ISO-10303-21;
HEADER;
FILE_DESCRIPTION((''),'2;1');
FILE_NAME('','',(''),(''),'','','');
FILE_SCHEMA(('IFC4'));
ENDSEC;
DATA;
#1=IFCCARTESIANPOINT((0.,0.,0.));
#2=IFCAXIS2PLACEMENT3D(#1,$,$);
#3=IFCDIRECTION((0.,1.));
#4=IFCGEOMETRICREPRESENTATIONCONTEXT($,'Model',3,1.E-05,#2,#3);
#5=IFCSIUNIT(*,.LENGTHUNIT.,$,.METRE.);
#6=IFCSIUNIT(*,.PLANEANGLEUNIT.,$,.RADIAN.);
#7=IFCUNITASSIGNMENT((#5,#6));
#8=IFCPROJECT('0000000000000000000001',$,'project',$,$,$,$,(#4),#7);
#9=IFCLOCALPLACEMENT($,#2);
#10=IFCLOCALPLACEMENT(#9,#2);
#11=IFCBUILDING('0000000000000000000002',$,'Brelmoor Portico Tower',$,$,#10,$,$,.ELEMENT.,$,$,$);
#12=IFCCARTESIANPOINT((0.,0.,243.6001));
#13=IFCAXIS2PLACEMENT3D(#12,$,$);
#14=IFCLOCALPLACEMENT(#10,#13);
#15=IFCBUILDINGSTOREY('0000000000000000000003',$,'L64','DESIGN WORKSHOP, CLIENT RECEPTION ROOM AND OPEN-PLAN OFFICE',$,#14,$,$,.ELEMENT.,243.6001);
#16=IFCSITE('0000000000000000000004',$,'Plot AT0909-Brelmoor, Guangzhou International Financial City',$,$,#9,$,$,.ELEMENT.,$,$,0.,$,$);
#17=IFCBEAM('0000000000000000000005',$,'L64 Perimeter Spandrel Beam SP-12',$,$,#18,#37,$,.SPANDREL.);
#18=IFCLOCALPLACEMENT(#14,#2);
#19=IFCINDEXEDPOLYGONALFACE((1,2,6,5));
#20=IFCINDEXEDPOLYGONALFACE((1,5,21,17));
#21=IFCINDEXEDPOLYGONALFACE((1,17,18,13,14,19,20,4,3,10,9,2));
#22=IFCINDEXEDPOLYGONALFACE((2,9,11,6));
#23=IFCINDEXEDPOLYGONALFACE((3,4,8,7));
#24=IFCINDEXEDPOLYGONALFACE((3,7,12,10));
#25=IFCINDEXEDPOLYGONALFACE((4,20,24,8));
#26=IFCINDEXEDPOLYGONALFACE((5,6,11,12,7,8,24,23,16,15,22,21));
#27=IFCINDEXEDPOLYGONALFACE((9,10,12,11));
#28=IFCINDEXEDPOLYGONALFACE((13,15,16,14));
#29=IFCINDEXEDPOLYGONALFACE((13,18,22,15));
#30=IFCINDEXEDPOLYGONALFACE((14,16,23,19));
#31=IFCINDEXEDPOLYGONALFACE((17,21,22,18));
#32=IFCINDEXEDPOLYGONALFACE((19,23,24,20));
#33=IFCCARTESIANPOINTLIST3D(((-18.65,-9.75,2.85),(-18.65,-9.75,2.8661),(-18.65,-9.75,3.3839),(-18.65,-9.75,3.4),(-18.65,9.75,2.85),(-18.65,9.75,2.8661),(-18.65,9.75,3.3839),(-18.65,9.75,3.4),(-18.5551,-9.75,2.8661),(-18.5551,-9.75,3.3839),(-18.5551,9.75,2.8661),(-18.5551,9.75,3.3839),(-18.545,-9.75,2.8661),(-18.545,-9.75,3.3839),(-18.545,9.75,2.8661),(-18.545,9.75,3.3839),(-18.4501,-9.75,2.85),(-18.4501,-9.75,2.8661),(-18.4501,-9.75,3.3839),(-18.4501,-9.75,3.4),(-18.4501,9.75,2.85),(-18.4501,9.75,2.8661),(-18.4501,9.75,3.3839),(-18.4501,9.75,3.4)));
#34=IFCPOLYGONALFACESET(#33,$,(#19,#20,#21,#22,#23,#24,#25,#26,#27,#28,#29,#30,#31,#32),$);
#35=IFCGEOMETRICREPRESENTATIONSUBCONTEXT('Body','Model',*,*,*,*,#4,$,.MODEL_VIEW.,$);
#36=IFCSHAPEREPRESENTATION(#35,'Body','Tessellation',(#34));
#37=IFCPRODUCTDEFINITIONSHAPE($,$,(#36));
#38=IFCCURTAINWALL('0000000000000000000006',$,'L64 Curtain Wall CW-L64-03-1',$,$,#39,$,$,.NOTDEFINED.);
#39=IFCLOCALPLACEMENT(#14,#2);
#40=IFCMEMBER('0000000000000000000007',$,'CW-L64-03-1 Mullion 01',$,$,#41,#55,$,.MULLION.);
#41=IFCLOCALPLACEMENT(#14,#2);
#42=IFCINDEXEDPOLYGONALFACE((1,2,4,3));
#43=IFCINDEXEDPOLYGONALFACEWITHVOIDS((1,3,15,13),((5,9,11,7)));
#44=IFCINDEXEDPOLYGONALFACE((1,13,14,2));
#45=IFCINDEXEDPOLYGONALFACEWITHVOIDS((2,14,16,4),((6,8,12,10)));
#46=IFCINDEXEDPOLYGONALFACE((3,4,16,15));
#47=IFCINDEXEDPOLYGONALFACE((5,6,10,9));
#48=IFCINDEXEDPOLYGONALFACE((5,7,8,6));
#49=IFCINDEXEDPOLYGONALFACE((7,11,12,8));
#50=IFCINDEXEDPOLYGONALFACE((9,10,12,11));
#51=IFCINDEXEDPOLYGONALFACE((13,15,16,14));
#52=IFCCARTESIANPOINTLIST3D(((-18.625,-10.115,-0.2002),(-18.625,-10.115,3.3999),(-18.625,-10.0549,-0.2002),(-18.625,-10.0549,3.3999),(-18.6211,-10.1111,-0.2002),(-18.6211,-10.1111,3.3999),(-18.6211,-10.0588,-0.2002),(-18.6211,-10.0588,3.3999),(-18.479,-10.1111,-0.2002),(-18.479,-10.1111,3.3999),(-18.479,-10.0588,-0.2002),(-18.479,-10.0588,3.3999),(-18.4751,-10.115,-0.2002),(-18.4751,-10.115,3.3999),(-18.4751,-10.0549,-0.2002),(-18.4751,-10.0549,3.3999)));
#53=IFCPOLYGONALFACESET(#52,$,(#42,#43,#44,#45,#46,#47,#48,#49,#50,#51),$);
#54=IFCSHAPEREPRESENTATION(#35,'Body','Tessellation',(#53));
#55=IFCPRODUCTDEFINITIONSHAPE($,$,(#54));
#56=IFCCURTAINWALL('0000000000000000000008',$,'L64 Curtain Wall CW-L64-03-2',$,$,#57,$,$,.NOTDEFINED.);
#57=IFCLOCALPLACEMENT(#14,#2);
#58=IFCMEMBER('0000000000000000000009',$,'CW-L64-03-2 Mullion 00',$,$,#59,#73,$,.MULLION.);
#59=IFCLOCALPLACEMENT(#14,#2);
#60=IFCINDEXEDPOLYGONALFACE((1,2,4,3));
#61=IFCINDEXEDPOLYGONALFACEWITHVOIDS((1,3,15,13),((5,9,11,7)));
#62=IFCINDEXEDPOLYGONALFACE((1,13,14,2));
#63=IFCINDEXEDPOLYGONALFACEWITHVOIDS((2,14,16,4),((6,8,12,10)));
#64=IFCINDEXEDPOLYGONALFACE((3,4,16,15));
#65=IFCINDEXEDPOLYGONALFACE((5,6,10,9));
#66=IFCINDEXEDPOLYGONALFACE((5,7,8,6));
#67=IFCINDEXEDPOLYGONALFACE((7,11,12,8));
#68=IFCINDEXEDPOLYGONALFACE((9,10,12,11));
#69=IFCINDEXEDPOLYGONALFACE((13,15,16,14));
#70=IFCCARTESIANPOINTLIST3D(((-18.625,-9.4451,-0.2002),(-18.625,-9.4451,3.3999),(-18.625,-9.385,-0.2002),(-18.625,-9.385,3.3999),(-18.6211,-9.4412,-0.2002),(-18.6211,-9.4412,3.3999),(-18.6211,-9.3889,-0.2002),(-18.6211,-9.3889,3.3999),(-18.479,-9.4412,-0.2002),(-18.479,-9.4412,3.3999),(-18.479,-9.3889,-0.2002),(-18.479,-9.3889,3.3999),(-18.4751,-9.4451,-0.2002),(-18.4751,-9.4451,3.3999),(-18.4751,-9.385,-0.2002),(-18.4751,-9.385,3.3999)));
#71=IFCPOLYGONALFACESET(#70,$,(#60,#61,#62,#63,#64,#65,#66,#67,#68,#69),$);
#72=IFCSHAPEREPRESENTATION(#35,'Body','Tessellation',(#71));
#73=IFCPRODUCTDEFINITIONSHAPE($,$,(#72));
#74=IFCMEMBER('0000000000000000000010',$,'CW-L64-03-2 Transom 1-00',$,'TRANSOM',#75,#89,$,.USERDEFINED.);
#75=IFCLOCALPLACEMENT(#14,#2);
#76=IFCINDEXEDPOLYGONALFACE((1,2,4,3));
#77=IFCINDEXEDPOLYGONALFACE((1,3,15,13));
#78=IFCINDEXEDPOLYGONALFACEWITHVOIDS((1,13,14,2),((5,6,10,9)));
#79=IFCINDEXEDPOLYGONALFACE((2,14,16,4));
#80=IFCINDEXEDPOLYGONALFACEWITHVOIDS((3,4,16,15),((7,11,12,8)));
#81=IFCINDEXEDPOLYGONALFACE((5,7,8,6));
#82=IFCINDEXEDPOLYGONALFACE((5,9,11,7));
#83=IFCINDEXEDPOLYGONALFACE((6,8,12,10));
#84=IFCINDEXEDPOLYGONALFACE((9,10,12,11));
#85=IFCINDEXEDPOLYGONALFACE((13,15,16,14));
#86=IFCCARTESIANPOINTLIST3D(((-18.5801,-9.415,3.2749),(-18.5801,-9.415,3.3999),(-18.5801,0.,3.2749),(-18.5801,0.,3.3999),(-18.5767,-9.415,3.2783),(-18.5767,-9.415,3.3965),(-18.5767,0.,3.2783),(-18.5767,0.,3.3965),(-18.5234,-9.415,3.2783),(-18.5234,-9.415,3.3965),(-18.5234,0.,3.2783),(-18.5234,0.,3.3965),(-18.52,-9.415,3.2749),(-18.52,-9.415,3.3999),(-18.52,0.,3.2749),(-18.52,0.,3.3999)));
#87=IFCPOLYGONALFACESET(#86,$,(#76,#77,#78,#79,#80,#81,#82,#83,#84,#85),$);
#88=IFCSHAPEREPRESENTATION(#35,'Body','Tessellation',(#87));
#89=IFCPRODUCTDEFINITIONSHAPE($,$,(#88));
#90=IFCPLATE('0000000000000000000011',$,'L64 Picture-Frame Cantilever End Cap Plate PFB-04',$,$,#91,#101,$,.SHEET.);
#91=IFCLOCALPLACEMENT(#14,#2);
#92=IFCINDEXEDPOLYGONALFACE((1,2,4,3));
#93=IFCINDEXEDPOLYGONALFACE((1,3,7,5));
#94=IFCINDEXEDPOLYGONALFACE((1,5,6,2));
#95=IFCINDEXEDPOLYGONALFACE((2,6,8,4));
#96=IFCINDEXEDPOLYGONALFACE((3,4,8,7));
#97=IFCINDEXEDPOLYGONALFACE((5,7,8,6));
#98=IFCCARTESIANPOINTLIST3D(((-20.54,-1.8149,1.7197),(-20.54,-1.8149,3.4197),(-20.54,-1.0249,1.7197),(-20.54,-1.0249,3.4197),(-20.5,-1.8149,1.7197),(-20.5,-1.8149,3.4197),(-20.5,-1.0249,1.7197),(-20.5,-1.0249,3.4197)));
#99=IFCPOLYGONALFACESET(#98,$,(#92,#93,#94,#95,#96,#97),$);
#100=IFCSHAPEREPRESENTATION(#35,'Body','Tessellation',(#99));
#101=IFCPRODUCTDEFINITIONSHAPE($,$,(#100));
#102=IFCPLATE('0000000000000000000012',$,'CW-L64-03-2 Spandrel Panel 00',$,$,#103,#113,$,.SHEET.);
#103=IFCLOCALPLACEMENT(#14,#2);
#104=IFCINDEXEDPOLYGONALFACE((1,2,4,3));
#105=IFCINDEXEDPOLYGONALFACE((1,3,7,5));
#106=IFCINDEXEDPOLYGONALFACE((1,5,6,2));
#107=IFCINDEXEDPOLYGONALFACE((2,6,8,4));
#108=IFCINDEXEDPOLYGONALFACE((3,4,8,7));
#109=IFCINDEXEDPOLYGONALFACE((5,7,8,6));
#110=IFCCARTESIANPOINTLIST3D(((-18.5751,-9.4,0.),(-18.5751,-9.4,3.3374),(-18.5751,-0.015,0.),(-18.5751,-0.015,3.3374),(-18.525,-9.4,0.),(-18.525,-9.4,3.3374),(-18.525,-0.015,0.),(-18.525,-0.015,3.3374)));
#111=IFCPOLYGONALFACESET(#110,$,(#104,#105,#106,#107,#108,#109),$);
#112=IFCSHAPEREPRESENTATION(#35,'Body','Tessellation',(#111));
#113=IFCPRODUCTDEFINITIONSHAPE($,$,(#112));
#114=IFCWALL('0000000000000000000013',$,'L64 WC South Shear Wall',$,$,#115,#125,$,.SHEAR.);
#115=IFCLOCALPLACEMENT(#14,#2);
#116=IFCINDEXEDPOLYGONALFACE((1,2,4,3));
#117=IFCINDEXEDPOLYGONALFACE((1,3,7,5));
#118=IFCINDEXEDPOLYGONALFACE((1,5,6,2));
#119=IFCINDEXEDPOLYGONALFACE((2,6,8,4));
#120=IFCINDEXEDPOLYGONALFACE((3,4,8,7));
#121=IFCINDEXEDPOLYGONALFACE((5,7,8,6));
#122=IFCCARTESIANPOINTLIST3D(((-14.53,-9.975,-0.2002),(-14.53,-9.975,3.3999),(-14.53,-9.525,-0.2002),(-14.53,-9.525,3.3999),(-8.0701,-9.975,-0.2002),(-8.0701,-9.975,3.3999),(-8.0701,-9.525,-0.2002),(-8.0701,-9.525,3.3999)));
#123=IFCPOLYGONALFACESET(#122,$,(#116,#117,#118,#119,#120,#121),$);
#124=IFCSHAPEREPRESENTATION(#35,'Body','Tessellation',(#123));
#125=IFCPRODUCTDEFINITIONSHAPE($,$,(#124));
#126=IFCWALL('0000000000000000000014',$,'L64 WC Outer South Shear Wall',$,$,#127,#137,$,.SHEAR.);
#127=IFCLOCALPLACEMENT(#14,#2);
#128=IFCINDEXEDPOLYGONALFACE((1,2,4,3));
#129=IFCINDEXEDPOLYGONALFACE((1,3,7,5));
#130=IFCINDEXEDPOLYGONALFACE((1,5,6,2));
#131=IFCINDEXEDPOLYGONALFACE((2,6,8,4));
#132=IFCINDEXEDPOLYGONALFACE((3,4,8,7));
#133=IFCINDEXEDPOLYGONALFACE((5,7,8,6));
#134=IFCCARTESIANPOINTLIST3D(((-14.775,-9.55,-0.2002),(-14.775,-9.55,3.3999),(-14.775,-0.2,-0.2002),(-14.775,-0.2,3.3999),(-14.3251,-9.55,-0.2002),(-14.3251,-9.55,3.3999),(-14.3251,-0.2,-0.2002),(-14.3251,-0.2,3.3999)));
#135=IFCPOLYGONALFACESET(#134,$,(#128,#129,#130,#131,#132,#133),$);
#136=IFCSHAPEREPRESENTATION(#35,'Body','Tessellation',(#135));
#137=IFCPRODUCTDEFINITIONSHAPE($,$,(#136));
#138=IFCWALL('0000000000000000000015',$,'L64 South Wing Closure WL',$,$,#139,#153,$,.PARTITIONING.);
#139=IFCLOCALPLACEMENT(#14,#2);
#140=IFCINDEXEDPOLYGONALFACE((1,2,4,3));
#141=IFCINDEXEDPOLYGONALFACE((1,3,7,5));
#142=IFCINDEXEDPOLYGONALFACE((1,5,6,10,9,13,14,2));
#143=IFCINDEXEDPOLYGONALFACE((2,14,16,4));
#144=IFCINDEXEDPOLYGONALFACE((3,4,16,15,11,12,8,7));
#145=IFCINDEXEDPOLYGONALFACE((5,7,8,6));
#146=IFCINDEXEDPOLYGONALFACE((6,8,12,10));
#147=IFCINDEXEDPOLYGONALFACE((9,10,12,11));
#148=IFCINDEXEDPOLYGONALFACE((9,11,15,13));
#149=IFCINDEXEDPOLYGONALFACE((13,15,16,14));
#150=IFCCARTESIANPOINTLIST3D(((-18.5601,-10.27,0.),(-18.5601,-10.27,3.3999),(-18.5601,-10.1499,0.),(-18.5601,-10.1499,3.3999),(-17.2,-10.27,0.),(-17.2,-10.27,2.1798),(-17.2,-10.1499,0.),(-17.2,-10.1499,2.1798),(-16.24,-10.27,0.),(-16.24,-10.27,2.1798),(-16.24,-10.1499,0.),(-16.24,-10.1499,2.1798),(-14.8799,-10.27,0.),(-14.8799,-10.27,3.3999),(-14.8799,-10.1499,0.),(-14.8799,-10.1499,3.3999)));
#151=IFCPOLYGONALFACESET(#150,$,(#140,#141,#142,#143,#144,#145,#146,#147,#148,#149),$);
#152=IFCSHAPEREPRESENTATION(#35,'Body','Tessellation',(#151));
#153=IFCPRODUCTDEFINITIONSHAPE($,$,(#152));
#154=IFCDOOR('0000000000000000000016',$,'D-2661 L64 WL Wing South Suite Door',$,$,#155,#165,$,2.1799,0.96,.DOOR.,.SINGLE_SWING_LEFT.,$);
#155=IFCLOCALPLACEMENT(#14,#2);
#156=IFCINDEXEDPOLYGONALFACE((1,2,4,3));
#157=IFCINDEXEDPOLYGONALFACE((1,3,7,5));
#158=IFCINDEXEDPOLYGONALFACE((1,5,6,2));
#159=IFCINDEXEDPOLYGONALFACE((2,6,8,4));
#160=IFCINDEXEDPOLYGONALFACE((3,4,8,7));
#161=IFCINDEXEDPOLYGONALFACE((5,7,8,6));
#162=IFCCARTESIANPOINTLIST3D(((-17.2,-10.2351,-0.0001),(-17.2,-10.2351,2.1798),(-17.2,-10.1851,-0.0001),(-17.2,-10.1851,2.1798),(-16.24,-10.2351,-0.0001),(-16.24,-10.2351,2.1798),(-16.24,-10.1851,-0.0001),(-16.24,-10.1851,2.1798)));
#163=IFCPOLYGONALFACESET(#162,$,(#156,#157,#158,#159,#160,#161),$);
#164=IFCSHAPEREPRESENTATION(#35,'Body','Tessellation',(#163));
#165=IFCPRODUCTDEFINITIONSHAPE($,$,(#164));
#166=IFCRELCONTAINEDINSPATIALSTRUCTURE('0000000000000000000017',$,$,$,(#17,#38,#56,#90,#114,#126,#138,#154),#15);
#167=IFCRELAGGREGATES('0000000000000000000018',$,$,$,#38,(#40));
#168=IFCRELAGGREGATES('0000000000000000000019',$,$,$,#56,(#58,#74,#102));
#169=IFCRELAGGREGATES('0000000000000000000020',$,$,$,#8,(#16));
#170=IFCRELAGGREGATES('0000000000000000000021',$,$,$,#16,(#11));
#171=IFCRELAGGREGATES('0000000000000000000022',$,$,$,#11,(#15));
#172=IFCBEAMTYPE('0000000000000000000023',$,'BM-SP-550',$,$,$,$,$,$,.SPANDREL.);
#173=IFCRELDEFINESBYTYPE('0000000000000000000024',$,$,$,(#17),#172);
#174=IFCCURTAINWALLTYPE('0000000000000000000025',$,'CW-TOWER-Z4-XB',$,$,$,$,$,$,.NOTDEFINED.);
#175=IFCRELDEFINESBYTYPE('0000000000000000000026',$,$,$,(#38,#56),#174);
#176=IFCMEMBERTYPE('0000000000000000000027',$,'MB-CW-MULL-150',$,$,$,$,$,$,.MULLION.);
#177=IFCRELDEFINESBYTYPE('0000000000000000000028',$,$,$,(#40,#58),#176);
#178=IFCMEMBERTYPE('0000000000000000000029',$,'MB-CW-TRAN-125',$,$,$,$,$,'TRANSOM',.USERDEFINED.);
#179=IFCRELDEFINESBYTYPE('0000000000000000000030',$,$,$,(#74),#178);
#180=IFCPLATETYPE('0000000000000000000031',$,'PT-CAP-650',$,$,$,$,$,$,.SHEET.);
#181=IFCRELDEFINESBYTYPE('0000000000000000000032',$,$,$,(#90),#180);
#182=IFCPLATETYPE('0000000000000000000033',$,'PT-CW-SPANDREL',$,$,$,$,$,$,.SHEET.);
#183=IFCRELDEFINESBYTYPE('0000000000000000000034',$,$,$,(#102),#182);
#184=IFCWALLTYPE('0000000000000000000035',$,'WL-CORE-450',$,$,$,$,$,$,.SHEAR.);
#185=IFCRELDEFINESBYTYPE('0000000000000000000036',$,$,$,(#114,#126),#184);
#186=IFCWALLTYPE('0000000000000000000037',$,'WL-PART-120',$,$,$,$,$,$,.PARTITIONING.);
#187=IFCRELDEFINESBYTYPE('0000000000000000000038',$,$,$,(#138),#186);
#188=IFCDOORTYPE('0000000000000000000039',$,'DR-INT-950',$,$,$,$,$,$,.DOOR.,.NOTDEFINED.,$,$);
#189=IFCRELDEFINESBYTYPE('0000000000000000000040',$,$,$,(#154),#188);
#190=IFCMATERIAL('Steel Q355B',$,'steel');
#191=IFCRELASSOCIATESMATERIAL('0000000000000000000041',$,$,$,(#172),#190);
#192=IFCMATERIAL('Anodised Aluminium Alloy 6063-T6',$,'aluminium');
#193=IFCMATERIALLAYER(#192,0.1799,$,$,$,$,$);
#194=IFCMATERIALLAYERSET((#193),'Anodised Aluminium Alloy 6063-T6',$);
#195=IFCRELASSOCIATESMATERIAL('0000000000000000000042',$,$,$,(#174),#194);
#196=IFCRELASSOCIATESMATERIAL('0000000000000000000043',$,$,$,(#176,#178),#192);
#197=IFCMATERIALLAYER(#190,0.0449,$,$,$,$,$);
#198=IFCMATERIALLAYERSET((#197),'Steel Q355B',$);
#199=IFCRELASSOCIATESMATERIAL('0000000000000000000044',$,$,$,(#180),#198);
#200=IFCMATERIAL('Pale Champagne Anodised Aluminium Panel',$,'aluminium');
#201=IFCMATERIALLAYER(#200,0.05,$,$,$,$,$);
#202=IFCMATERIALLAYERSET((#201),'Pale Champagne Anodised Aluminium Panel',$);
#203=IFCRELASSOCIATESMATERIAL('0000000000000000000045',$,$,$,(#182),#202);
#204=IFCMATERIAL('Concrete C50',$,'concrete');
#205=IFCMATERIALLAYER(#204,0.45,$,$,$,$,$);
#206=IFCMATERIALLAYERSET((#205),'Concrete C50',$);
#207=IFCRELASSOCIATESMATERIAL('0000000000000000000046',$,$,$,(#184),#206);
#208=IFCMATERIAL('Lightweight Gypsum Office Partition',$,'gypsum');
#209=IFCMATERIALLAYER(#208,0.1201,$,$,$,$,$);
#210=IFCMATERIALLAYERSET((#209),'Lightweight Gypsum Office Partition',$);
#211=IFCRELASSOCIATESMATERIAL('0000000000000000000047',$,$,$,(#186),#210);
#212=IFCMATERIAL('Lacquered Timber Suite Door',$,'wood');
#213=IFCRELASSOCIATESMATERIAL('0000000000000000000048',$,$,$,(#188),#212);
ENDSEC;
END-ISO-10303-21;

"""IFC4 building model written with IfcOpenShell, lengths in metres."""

from ifc_helpers import new_model, si_unit, direction, frame, frame_2d, origin, origin_2d, place, context, subcontext, project, spatial, rectangle, hollow_rectangle, i_section, extrude, material, layer, layer_set, material_profile, profile_set, type_object, element, fill, aggregate, save


model = new_model("IFC4")

# Units and contexts
model_context = context("Model", 3, precision=1e-05, world=origin(), true_north=direction((0.0, 1.0)))
body_context = subcontext(model_context, "Body", "Model", "MODEL_VIEW")
ifc_project = project(units=[si_unit("LENGTHUNIT", "METRE"), si_unit("PLANEANGLEUNIT", "RADIAN")], contexts=[model_context])

# Site, building, storey
site_placement = place(None, origin())
site = spatial("IfcSite", under=ifc_project, at=site_placement, Name="Plot AT0909-Brelmoor, Guangzhou International Financial City", CompositionType="ELEMENT", RefElevation=0.0)
building_placement = place(site_placement, origin())
building = spatial("IfcBuilding", under=site, at=building_placement, Name="Brelmoor Portico Tower", CompositionType="ELEMENT")
storey_placement = place(building_placement, frame((0.0, 0.0, 243.6001)))
storey = spatial("IfcBuildingStorey", under=building, at=storey_placement, Name="L64", Description="DESIGN WORKSHOP, CLIENT RECEPTION ROOM AND OPEN-PLAN OFFICE", CompositionType="ELEMENT", Elevation=243.6001)

# Shared definitions
ifc_material_1 = material(Name="Steel Q355B", Category="steel")

# Beam
ifc_material_profile_1 = material_profile(ifc_material_1, i_section(OverallWidth=0.2, OverallDepth=0.55, WebThickness=0.01, FlangeThickness=0.0161, at=origin_2d()), Name="HN 550x200x10x16")
ifc_profile_set_1 = profile_set([ifc_material_profile_1], Name="Steel Q355B")
beam_type_1 = type_object("IfcBeamType", Name="BM-SP-550", PredefinedType="SPANDREL", material=ifc_profile_set_1)
beam_1_placement = place(storey_placement, frame((-18.55, -9.75, 3.125), z_axis=(0.0, 1.0, 0.0), x_axis=(-1.0, 0.0, 0.0)))
element("IfcBeam", 1, at=beam_1_placement, inside=storey, type_object=beam_type_1, Name="L64 Perimeter Spandrel Beam SP-12", PredefinedType="SPANDREL", context=body_context, shape_type="SweptSolid", body=[
    extrude(i_section(OverallWidth=0.2, OverallDepth=0.55, WebThickness=0.01, FlangeThickness=0.0161, at=origin_2d()), origin(), (0.0, 0.0, 1.0), 19.5),
])

# Curtain wall, member
ifc_material_2 = material(Name="Anodised Aluminium Alloy 6063-T6", Category="aluminium")
ifc_layer_1 = layer(ifc_material_2, 0.1799)
ifc_layer_set_1 = layer_set([ifc_layer_1], Name="Anodised Aluminium Alloy 6063-T6")
curtain_wall_type = type_object("IfcCurtainWallType", Name="CW-TOWER-Z4-XB", PredefinedType="NOTDEFINED", material=ifc_layer_set_1)
curtain_wall_1_placement = place(storey_placement, origin())
curtain_wall_1 = element("IfcCurtainWall", 2, at=curtain_wall_1_placement, inside=storey, type_object=curtain_wall_type, Name="L64 Curtain Wall CW-L64-03-1", PredefinedType="NOTDEFINED")
ifc_material_profile_2 = material_profile(ifc_material_2, hollow_rectangle(XDim=0.0601, YDim=0.1499, WallThickness=0.0039, at=origin_2d()), Name="ALU MULLION 60x150")
ifc_profile_set_2 = profile_set([ifc_material_profile_2], Name="Anodised Aluminium Alloy 6063-T6")
member_type_1 = type_object("IfcMemberType", Name="MB-CW-MULL-150", PredefinedType="MULLION", material=ifc_profile_set_2)
member_1_placement = place(storey_placement, frame((-18.55, -10.085, -0.2002), z_axis=(0.0, 0.0, 1.0), x_axis=(0.0, 1.0, 0.0)))
member_1 = element("IfcMember", 3, at=member_1_placement, type_object=member_type_1, Name="CW-L64-03-1 Mullion 01", PredefinedType="MULLION", context=body_context, shape_type="SweptSolid", body=[
    extrude(hollow_rectangle(XDim=0.0601, YDim=0.1499, WallThickness=0.0039, at=origin_2d()), origin(), (0.0, 0.0, 1.0), 3.6001),
])
aggregate(curtain_wall_1, [member_1])

# Curtain wall, members
curtain_wall_2_placement = place(storey_placement, origin())
curtain_wall_2 = element("IfcCurtainWall", 4, at=curtain_wall_2_placement, inside=storey, type_object=curtain_wall_type, Name="L64 Curtain Wall CW-L64-03-2", PredefinedType="NOTDEFINED")
member_2_placement = place(storey_placement, frame((-18.55, -9.415, -0.2002), z_axis=(0.0, 0.0, 1.0), x_axis=(0.0, 1.0, 0.0)))
member_2 = element("IfcMember", 5, at=member_2_placement, type_object=member_type_1, Name="CW-L64-03-2 Mullion 00", PredefinedType="MULLION", context=body_context, shape_type="SweptSolid", body=[
    extrude(hollow_rectangle(XDim=0.0601, YDim=0.1499, WallThickness=0.0039, at=origin_2d()), origin(), (0.0, 0.0, 1.0), 3.6001),
])
ifc_material_profile_3 = material_profile(ifc_material_2, hollow_rectangle(XDim=0.0601, YDim=0.125, WallThickness=0.0034, at=origin_2d()), Name="ALU TRANSOM 60x125")
ifc_profile_set_3 = profile_set([ifc_material_profile_3], Name="Anodised Aluminium Alloy 6063-T6")
member_type_2 = type_object("IfcMemberType", Name="MB-CW-TRAN-125", ElementType="TRANSOM", PredefinedType="USERDEFINED", material=ifc_profile_set_3)
member_3_placement = place(storey_placement, frame((-18.55, -9.415, 3.3374), z_axis=(0.0, 1.0, 0.0), x_axis=(-1.0, 0.0, 0.0)))
member_3 = element("IfcMember", 6, at=member_3_placement, type_object=member_type_2, Name="CW-L64-03-2 Transom 1-00", ObjectType="TRANSOM", PredefinedType="USERDEFINED", context=body_context, shape_type="SweptSolid", body=[
    extrude(hollow_rectangle(XDim=0.0601, YDim=0.125, WallThickness=0.0034, at=origin_2d()), origin(), (0.0, 0.0, 1.0), 9.415),
])

# Plates
ifc_layer_2 = layer(ifc_material_1, 0.0449)
ifc_layer_set_2 = layer_set([ifc_layer_2], Name="Steel Q355B")
plate_type_1 = type_object("IfcPlateType", Name="PT-CAP-650", PredefinedType="SHEET", material=ifc_layer_set_2)
plate_1_placement = place(storey_placement, frame((-20.52, -1.4199, 1.7197), z_axis=(0.0, 0.0, 1.0), x_axis=(1.0, 0.0, 0.0)))
element("IfcPlate", 7, at=plate_1_placement, inside=storey, type_object=plate_type_1, Name="L64 Picture-Frame Cantilever End Cap Plate PFB-04", PredefinedType="SHEET", context=body_context, shape_type="SweptSolid", body=[
    extrude(rectangle(XDim=0.04, YDim=0.79, at=origin_2d()), origin(), (0.0, 0.0, 1.0), 1.7),
])
ifc_material_3 = material(Name="Pale Champagne Anodised Aluminium Panel", Category="aluminium")
ifc_layer_3 = layer(ifc_material_3, 0.05)
ifc_layer_set_3 = layer_set([ifc_layer_3], Name="Pale Champagne Anodised Aluminium Panel")
plate_type_2 = type_object("IfcPlateType", Name="PT-CW-SPANDREL", PredefinedType="SHEET", material=ifc_layer_set_3)
plate_2_placement = place(storey_placement, frame((-18.55, -4.7075, 0.0), z_axis=(0.0, 0.0, 1.0), x_axis=(0.0, 1.0, 0.0)))
plate_2 = element("IfcPlate", 8, at=plate_2_placement, type_object=plate_type_2, Name="CW-L64-03-2 Spandrel Panel 00", PredefinedType="SHEET", context=body_context, shape_type="SweptSolid", body=[
    extrude(rectangle(XDim=9.385, YDim=0.05, at=origin_2d()), origin(), (0.0, 0.0, 1.0), 3.3374),
])
aggregate(curtain_wall_2, [member_2, member_3, plate_2])

# Walls
ifc_material_4 = material(Name="Concrete C50", Category="concrete")
ifc_layer_4 = layer(ifc_material_4, 0.45)
ifc_layer_set_4 = layer_set([ifc_layer_4], Name="Concrete C50")
wall_type_1 = type_object("IfcWallType", Name="WL-CORE-450", PredefinedType="SHEAR", material=ifc_layer_set_4)
wall_1_placement = place(storey_placement, frame((-14.53, -9.75, -0.2002), z_axis=(0.0, 0.0, 1.0), x_axis=(1.0, 0.0, 0.0)))
element("IfcWall", 9, at=wall_1_placement, inside=storey, type_object=wall_type_1, Name="L64 WC South Shear Wall", PredefinedType="SHEAR", context=body_context, shape_type="SweptSolid", body=[
    extrude(rectangle(XDim=6.46, YDim=0.45, at=frame_2d((3.23, 0.0))), origin(), (0.0, 0.0, 1.0), 3.6001),
])
wall_2_placement = place(storey_placement, frame((-14.55, -9.55, -0.2002), z_axis=(0.0, 0.0, 1.0), x_axis=(0.0, 1.0, 0.0)))
element("IfcWall", 10, at=wall_2_placement, inside=storey, type_object=wall_type_1, Name="L64 WC Outer South Shear Wall", PredefinedType="SHEAR", context=body_context, shape_type="SweptSolid", body=[
    extrude(rectangle(XDim=9.3501, YDim=0.45, at=frame_2d((4.675, 0.0))), origin(), (0.0, 0.0, 1.0), 3.6001),
])

# Wall, opening, door
ifc_material_5 = material(Name="Lightweight Gypsum Office Partition", Category="gypsum")
ifc_layer_5 = layer(ifc_material_5, 0.1201)
ifc_layer_set_5 = layer_set([ifc_layer_5], Name="Lightweight Gypsum Office Partition")
wall_type_2 = type_object("IfcWallType", Name="WL-PART-120", PredefinedType="PARTITIONING", material=ifc_layer_set_5)
wall_3_placement = place(storey_placement, frame((-18.5601, -10.21, 0.0), z_axis=(0.0, 0.0, 1.0), x_axis=(1.0, 0.0, 0.0)))
wall_3 = element("IfcWall", 11, at=wall_3_placement, inside=storey, type_object=wall_type_2, Name="L64 South Wing Closure WL", PredefinedType="PARTITIONING", context=body_context, shape_type="SweptSolid", body=[
    extrude(rectangle(XDim=3.6802, YDim=0.1201, at=frame_2d((1.8401, 0.0))), origin(), (0.0, 0.0, 1.0), 3.3999),
])
opening_1_placement = place(wall_3_placement, frame((1.3601, 0.0, 0.0)))
opening_1 = element("IfcOpeningElement", 12, at=opening_1_placement, cuts=wall_3, PredefinedType="OPENING", context=body_context, shape_type="SweptSolid", body=[
    extrude(rectangle(XDim=0.96, YDim=2.1799, at=frame_2d((0.48, 1.0898))), frame((0.0, 0.0701, 0.0), z_axis=(0.0, -1.0, 0.0), x_axis=(1.0, 0.0, 0.0)), (0.0, 0.0, 1.0), 0.1401),
])
ifc_material_6 = material(Name="Lacquered Timber Suite Door", Category="wood")
door_type_1 = type_object("IfcDoorType", Name="DR-INT-950", OperationType="NOTDEFINED", PredefinedType="DOOR", material=ifc_material_6)
door_1_placement = place(opening_1_placement, origin())
door_1 = element("IfcDoor", 13, at=door_1_placement, inside=storey, type_object=door_type_1, Name="D-2661 L64 WL Wing South Suite Door", OperationType="SINGLE_SWING_LEFT", OverallHeight=2.1799, OverallWidth=0.96, PredefinedType="DOOR", context=body_context, shape_type="SweptSolid", body=[
    extrude(rectangle(XDim=0.96, YDim=2.1799, at=frame_2d((0.48, 1.0898))), frame((0.0, 0.0249, 0.0), z_axis=(0.0, -1.0, 0.0), x_axis=(1.0, 0.0, 0.0)), (0.0, 0.0, 1.0), 0.05),
])
fill(opening_1, door_1)

save(model, "model.ifc")
